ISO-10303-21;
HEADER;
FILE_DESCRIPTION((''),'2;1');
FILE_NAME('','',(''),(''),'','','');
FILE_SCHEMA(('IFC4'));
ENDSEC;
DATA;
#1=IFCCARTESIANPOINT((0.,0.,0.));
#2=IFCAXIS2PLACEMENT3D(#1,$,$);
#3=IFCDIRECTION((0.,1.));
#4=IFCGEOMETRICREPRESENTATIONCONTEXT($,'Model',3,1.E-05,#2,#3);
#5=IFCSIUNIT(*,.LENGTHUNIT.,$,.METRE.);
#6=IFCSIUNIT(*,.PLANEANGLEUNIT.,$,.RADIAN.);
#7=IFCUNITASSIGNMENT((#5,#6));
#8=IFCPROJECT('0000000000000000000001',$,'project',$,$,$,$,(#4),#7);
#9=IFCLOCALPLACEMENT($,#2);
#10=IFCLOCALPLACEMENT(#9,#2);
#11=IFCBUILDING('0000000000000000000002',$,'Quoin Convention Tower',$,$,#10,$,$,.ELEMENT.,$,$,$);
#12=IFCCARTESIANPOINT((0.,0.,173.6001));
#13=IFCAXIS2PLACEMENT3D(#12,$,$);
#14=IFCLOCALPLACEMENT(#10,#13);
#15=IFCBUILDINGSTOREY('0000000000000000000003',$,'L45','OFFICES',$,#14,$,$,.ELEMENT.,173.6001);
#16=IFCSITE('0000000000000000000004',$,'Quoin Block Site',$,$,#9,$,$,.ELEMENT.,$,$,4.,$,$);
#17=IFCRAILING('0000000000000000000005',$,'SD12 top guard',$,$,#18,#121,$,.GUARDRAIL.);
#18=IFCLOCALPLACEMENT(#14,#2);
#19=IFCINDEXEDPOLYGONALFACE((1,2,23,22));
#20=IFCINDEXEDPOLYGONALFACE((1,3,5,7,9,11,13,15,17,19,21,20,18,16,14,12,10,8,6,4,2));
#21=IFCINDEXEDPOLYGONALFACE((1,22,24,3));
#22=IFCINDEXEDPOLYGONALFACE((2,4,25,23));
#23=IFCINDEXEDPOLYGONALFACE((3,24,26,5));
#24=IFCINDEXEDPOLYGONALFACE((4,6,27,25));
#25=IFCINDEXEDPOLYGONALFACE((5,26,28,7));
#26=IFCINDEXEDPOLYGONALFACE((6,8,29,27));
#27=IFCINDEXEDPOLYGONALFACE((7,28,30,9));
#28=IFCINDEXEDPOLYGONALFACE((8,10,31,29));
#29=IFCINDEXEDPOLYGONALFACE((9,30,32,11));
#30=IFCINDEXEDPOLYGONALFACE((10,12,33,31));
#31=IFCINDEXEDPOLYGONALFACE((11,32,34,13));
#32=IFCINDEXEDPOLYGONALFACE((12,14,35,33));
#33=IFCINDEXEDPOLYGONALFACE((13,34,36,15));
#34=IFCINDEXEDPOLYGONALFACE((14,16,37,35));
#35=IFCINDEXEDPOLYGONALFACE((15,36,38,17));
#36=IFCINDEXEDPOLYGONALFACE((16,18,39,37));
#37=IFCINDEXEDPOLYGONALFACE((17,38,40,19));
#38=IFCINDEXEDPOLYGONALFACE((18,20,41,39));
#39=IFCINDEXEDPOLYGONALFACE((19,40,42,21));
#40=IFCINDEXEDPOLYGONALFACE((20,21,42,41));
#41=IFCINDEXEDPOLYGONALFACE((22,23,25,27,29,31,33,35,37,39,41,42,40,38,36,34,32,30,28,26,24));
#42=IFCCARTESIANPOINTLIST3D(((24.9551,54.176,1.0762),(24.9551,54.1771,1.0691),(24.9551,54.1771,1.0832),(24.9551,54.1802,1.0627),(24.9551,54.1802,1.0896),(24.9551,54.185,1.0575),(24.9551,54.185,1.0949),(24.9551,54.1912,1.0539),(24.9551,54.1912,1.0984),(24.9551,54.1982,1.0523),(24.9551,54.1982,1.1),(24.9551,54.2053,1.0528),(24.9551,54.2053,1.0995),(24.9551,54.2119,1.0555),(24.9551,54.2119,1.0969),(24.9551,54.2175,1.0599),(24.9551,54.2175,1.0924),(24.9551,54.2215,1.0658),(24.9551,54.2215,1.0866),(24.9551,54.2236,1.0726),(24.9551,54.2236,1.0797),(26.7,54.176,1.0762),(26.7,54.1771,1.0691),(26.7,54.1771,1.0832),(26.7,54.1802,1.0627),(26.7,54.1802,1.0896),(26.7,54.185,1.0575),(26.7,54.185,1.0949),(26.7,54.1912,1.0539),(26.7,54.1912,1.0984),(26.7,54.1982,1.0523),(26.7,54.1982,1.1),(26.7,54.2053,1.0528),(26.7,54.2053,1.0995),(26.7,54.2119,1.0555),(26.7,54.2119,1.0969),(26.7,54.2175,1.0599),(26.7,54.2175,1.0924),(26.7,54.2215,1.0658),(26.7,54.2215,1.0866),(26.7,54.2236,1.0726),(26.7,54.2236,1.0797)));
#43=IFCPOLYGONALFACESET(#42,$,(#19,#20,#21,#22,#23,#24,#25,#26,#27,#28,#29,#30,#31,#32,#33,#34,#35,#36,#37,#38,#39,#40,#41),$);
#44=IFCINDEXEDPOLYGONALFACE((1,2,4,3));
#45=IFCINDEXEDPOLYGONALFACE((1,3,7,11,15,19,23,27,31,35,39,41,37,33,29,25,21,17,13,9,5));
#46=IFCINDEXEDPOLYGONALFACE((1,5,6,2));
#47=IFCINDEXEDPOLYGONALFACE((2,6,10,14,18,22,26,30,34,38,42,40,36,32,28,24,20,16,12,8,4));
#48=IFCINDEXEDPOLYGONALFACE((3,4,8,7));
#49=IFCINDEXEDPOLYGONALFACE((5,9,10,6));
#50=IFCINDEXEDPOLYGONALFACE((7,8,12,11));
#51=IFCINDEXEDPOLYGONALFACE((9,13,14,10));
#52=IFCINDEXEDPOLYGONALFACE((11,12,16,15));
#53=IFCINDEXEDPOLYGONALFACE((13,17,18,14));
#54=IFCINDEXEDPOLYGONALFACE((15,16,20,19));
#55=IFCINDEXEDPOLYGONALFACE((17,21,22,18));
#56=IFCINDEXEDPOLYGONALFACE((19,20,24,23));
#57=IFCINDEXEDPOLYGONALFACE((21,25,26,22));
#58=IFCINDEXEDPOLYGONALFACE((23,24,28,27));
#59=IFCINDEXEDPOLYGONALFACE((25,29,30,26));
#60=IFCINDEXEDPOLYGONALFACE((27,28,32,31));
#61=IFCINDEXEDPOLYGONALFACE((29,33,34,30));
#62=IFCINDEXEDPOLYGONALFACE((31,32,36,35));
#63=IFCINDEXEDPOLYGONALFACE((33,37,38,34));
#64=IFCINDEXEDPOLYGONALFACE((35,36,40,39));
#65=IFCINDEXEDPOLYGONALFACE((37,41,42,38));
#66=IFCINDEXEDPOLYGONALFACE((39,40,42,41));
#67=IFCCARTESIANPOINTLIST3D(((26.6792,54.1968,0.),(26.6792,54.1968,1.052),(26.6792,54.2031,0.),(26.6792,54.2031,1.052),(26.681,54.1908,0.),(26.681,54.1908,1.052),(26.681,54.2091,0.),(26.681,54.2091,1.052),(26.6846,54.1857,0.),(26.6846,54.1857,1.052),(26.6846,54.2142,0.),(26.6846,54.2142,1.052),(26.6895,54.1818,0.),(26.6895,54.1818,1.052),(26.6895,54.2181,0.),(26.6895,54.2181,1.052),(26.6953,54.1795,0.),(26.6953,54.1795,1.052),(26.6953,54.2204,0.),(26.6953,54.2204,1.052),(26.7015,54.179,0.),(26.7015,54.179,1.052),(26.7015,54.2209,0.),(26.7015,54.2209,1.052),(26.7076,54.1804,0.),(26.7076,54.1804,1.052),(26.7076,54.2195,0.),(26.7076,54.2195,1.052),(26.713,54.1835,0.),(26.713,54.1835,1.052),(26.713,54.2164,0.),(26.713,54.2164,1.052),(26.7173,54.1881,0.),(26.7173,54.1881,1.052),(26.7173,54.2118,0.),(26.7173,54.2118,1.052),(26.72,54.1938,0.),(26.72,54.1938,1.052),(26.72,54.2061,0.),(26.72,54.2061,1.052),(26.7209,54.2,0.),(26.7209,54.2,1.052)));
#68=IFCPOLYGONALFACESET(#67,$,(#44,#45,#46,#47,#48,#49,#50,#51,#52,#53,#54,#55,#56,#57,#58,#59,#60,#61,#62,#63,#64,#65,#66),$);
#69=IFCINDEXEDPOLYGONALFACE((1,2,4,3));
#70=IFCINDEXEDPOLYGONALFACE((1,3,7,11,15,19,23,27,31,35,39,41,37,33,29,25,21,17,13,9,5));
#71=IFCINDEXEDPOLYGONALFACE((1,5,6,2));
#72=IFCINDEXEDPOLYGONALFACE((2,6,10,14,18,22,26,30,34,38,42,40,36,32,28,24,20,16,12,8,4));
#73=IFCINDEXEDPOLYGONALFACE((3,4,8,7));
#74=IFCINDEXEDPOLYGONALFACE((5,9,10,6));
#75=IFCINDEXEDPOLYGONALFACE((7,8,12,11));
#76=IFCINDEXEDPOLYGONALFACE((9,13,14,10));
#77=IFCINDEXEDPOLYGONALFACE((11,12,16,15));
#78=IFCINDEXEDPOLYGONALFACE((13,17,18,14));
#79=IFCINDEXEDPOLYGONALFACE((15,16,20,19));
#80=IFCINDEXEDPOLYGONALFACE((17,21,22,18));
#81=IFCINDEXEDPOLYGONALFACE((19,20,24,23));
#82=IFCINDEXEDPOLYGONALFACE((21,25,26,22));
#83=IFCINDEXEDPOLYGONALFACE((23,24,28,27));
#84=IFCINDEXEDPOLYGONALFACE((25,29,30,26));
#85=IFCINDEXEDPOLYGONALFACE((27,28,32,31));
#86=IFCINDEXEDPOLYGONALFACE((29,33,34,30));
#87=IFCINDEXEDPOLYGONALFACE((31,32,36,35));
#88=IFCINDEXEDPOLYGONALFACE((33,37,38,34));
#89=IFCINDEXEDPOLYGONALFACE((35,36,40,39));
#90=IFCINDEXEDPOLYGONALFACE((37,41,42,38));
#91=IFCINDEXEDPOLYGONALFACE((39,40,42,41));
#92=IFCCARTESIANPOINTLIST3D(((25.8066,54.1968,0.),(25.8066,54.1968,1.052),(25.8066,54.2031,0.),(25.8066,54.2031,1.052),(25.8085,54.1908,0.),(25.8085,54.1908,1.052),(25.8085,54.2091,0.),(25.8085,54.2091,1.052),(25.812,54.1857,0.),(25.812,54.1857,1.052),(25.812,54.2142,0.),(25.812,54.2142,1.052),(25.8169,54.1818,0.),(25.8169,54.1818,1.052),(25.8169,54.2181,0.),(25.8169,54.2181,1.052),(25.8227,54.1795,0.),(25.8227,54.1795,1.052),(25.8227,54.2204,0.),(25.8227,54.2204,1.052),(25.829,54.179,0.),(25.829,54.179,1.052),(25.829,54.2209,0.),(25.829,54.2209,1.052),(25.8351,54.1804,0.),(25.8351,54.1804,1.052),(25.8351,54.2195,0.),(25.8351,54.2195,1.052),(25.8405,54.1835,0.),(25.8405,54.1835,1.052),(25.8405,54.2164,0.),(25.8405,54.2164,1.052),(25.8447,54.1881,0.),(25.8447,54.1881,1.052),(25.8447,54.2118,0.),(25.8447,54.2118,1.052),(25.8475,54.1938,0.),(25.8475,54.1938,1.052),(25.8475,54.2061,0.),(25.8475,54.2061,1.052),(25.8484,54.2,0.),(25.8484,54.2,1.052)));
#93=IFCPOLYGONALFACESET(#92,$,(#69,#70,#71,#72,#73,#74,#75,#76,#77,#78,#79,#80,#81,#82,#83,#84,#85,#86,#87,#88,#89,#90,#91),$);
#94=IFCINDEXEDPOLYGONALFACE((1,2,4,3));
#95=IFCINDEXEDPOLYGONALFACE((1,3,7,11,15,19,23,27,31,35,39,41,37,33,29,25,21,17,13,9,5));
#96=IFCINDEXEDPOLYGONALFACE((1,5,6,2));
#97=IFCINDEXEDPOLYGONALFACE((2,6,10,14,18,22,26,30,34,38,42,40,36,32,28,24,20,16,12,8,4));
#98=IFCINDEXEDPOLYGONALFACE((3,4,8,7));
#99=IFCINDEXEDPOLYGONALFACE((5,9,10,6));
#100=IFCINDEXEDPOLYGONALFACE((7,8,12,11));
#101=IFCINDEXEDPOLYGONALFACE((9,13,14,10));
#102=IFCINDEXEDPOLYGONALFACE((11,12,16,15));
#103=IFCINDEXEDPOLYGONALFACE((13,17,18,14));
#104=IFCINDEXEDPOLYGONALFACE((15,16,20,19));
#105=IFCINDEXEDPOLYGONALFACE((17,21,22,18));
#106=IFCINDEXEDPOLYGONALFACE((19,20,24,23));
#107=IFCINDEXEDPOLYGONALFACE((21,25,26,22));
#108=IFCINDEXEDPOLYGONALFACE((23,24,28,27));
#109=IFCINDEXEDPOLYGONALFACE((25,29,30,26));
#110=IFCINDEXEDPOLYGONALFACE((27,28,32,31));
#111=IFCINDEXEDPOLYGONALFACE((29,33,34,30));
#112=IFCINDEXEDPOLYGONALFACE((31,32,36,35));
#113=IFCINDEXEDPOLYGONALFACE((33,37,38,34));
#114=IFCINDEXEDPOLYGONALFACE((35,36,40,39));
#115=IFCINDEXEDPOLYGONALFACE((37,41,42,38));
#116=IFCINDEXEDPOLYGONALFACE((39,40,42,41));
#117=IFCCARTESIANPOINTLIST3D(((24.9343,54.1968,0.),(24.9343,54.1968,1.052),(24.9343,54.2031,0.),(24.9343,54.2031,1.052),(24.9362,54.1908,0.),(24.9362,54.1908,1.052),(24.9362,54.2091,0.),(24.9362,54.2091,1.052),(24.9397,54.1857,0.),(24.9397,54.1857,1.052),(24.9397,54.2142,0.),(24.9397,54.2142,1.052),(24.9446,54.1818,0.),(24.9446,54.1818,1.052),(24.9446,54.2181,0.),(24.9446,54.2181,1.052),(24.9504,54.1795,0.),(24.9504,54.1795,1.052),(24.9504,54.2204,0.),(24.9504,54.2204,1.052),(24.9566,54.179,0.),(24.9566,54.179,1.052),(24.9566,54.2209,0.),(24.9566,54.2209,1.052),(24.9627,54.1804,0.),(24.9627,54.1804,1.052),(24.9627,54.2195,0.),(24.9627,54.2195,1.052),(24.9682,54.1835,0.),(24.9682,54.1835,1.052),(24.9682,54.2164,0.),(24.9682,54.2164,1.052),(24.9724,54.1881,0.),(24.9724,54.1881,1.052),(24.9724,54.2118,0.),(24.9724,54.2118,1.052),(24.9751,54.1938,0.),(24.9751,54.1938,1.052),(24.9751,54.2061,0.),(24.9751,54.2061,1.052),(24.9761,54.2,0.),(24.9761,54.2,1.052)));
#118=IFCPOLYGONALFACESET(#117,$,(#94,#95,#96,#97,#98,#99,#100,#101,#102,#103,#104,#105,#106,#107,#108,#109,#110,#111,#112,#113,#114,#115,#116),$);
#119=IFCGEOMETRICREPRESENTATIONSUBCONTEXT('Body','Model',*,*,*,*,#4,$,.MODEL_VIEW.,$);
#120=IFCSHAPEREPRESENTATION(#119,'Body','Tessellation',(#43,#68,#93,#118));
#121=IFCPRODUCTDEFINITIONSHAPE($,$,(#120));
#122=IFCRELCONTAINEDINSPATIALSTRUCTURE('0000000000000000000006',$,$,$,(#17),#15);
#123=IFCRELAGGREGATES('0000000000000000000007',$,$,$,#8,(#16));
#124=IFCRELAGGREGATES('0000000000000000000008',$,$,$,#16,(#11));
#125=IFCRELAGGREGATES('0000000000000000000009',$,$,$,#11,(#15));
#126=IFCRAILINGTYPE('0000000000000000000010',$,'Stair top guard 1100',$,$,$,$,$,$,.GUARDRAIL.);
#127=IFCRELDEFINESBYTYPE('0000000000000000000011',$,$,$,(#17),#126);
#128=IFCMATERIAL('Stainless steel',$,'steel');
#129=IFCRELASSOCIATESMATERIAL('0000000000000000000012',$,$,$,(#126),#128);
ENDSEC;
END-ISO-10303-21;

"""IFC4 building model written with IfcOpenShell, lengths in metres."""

from ifc_helpers import new_model, si_unit, direction, frame, origin, origin_2d, place, context, subcontext, project, spatial, circle, extrude, material, type_object, element, save


model = new_model("IFC4")

# Units and contexts
model_context = context("Model", 3, precision=1e-05, world=origin(), true_north=direction((0.0, 1.0)))
body_context = subcontext(model_context, "Body", "Model", "MODEL_VIEW")
ifc_project = project(units=[si_unit("LENGTHUNIT", "METRE"), si_unit("PLANEANGLEUNIT", "RADIAN")], contexts=[model_context])

# Site, building, storey
site_placement = place(None, origin())
site = spatial("IfcSite", under=ifc_project, at=site_placement, Name="Quoin Block Site", CompositionType="ELEMENT", RefElevation=4.0)
building_placement = place(site_placement, origin())
building = spatial("IfcBuilding", under=site, at=building_placement, Name="Quoin Convention Tower", CompositionType="ELEMENT")
storey_placement = place(building_placement, frame((0.0, 0.0, 173.6001)))
storey = spatial("IfcBuildingStorey", under=building, at=storey_placement, Name="L45", Description="OFFICES", CompositionType="ELEMENT", Elevation=173.6001)

# Railing
ifc_material_1 = material(Name="Stainless steel", Category="steel")
railing_type_1 = type_object("IfcRailingType", Name="Stair top guard 1100", PredefinedType="GUARDRAIL", material=ifc_material_1)
railing_1_placement = place(storey_placement, frame((26.7, 54.2, 0.0)))
element("IfcRailing", 1, at=railing_1_placement, inside=storey, type_object=railing_type_1, Name="SD12 top guard", PredefinedType="GUARDRAIL", context=body_context, shape_type="SweptSolid", body=[
    extrude(circle(Radius=0.0239, at=origin_2d()), frame((0.0, 0.0, 1.0762), z_axis=(-1.0, 0.0, 0.0), x_axis=(0.0, -1.0, 0.0)), (0.0, 0.0, 1.0), 1.7449),
    extrude(circle(Radius=0.021, at=origin_2d()), origin(), (0.0, 0.0, 1.0), 1.052),
    extrude(circle(Radius=0.021, at=origin_2d()), frame((-0.8726, 0.0, 0.0)), (0.0, 0.0, 1.0), 1.052),
    extrude(circle(Radius=0.021, at=origin_2d()), frame((-1.7449, 0.0, 0.0)), (0.0, 0.0, 1.0), 1.052),
])

save(model, "model.ifc")
